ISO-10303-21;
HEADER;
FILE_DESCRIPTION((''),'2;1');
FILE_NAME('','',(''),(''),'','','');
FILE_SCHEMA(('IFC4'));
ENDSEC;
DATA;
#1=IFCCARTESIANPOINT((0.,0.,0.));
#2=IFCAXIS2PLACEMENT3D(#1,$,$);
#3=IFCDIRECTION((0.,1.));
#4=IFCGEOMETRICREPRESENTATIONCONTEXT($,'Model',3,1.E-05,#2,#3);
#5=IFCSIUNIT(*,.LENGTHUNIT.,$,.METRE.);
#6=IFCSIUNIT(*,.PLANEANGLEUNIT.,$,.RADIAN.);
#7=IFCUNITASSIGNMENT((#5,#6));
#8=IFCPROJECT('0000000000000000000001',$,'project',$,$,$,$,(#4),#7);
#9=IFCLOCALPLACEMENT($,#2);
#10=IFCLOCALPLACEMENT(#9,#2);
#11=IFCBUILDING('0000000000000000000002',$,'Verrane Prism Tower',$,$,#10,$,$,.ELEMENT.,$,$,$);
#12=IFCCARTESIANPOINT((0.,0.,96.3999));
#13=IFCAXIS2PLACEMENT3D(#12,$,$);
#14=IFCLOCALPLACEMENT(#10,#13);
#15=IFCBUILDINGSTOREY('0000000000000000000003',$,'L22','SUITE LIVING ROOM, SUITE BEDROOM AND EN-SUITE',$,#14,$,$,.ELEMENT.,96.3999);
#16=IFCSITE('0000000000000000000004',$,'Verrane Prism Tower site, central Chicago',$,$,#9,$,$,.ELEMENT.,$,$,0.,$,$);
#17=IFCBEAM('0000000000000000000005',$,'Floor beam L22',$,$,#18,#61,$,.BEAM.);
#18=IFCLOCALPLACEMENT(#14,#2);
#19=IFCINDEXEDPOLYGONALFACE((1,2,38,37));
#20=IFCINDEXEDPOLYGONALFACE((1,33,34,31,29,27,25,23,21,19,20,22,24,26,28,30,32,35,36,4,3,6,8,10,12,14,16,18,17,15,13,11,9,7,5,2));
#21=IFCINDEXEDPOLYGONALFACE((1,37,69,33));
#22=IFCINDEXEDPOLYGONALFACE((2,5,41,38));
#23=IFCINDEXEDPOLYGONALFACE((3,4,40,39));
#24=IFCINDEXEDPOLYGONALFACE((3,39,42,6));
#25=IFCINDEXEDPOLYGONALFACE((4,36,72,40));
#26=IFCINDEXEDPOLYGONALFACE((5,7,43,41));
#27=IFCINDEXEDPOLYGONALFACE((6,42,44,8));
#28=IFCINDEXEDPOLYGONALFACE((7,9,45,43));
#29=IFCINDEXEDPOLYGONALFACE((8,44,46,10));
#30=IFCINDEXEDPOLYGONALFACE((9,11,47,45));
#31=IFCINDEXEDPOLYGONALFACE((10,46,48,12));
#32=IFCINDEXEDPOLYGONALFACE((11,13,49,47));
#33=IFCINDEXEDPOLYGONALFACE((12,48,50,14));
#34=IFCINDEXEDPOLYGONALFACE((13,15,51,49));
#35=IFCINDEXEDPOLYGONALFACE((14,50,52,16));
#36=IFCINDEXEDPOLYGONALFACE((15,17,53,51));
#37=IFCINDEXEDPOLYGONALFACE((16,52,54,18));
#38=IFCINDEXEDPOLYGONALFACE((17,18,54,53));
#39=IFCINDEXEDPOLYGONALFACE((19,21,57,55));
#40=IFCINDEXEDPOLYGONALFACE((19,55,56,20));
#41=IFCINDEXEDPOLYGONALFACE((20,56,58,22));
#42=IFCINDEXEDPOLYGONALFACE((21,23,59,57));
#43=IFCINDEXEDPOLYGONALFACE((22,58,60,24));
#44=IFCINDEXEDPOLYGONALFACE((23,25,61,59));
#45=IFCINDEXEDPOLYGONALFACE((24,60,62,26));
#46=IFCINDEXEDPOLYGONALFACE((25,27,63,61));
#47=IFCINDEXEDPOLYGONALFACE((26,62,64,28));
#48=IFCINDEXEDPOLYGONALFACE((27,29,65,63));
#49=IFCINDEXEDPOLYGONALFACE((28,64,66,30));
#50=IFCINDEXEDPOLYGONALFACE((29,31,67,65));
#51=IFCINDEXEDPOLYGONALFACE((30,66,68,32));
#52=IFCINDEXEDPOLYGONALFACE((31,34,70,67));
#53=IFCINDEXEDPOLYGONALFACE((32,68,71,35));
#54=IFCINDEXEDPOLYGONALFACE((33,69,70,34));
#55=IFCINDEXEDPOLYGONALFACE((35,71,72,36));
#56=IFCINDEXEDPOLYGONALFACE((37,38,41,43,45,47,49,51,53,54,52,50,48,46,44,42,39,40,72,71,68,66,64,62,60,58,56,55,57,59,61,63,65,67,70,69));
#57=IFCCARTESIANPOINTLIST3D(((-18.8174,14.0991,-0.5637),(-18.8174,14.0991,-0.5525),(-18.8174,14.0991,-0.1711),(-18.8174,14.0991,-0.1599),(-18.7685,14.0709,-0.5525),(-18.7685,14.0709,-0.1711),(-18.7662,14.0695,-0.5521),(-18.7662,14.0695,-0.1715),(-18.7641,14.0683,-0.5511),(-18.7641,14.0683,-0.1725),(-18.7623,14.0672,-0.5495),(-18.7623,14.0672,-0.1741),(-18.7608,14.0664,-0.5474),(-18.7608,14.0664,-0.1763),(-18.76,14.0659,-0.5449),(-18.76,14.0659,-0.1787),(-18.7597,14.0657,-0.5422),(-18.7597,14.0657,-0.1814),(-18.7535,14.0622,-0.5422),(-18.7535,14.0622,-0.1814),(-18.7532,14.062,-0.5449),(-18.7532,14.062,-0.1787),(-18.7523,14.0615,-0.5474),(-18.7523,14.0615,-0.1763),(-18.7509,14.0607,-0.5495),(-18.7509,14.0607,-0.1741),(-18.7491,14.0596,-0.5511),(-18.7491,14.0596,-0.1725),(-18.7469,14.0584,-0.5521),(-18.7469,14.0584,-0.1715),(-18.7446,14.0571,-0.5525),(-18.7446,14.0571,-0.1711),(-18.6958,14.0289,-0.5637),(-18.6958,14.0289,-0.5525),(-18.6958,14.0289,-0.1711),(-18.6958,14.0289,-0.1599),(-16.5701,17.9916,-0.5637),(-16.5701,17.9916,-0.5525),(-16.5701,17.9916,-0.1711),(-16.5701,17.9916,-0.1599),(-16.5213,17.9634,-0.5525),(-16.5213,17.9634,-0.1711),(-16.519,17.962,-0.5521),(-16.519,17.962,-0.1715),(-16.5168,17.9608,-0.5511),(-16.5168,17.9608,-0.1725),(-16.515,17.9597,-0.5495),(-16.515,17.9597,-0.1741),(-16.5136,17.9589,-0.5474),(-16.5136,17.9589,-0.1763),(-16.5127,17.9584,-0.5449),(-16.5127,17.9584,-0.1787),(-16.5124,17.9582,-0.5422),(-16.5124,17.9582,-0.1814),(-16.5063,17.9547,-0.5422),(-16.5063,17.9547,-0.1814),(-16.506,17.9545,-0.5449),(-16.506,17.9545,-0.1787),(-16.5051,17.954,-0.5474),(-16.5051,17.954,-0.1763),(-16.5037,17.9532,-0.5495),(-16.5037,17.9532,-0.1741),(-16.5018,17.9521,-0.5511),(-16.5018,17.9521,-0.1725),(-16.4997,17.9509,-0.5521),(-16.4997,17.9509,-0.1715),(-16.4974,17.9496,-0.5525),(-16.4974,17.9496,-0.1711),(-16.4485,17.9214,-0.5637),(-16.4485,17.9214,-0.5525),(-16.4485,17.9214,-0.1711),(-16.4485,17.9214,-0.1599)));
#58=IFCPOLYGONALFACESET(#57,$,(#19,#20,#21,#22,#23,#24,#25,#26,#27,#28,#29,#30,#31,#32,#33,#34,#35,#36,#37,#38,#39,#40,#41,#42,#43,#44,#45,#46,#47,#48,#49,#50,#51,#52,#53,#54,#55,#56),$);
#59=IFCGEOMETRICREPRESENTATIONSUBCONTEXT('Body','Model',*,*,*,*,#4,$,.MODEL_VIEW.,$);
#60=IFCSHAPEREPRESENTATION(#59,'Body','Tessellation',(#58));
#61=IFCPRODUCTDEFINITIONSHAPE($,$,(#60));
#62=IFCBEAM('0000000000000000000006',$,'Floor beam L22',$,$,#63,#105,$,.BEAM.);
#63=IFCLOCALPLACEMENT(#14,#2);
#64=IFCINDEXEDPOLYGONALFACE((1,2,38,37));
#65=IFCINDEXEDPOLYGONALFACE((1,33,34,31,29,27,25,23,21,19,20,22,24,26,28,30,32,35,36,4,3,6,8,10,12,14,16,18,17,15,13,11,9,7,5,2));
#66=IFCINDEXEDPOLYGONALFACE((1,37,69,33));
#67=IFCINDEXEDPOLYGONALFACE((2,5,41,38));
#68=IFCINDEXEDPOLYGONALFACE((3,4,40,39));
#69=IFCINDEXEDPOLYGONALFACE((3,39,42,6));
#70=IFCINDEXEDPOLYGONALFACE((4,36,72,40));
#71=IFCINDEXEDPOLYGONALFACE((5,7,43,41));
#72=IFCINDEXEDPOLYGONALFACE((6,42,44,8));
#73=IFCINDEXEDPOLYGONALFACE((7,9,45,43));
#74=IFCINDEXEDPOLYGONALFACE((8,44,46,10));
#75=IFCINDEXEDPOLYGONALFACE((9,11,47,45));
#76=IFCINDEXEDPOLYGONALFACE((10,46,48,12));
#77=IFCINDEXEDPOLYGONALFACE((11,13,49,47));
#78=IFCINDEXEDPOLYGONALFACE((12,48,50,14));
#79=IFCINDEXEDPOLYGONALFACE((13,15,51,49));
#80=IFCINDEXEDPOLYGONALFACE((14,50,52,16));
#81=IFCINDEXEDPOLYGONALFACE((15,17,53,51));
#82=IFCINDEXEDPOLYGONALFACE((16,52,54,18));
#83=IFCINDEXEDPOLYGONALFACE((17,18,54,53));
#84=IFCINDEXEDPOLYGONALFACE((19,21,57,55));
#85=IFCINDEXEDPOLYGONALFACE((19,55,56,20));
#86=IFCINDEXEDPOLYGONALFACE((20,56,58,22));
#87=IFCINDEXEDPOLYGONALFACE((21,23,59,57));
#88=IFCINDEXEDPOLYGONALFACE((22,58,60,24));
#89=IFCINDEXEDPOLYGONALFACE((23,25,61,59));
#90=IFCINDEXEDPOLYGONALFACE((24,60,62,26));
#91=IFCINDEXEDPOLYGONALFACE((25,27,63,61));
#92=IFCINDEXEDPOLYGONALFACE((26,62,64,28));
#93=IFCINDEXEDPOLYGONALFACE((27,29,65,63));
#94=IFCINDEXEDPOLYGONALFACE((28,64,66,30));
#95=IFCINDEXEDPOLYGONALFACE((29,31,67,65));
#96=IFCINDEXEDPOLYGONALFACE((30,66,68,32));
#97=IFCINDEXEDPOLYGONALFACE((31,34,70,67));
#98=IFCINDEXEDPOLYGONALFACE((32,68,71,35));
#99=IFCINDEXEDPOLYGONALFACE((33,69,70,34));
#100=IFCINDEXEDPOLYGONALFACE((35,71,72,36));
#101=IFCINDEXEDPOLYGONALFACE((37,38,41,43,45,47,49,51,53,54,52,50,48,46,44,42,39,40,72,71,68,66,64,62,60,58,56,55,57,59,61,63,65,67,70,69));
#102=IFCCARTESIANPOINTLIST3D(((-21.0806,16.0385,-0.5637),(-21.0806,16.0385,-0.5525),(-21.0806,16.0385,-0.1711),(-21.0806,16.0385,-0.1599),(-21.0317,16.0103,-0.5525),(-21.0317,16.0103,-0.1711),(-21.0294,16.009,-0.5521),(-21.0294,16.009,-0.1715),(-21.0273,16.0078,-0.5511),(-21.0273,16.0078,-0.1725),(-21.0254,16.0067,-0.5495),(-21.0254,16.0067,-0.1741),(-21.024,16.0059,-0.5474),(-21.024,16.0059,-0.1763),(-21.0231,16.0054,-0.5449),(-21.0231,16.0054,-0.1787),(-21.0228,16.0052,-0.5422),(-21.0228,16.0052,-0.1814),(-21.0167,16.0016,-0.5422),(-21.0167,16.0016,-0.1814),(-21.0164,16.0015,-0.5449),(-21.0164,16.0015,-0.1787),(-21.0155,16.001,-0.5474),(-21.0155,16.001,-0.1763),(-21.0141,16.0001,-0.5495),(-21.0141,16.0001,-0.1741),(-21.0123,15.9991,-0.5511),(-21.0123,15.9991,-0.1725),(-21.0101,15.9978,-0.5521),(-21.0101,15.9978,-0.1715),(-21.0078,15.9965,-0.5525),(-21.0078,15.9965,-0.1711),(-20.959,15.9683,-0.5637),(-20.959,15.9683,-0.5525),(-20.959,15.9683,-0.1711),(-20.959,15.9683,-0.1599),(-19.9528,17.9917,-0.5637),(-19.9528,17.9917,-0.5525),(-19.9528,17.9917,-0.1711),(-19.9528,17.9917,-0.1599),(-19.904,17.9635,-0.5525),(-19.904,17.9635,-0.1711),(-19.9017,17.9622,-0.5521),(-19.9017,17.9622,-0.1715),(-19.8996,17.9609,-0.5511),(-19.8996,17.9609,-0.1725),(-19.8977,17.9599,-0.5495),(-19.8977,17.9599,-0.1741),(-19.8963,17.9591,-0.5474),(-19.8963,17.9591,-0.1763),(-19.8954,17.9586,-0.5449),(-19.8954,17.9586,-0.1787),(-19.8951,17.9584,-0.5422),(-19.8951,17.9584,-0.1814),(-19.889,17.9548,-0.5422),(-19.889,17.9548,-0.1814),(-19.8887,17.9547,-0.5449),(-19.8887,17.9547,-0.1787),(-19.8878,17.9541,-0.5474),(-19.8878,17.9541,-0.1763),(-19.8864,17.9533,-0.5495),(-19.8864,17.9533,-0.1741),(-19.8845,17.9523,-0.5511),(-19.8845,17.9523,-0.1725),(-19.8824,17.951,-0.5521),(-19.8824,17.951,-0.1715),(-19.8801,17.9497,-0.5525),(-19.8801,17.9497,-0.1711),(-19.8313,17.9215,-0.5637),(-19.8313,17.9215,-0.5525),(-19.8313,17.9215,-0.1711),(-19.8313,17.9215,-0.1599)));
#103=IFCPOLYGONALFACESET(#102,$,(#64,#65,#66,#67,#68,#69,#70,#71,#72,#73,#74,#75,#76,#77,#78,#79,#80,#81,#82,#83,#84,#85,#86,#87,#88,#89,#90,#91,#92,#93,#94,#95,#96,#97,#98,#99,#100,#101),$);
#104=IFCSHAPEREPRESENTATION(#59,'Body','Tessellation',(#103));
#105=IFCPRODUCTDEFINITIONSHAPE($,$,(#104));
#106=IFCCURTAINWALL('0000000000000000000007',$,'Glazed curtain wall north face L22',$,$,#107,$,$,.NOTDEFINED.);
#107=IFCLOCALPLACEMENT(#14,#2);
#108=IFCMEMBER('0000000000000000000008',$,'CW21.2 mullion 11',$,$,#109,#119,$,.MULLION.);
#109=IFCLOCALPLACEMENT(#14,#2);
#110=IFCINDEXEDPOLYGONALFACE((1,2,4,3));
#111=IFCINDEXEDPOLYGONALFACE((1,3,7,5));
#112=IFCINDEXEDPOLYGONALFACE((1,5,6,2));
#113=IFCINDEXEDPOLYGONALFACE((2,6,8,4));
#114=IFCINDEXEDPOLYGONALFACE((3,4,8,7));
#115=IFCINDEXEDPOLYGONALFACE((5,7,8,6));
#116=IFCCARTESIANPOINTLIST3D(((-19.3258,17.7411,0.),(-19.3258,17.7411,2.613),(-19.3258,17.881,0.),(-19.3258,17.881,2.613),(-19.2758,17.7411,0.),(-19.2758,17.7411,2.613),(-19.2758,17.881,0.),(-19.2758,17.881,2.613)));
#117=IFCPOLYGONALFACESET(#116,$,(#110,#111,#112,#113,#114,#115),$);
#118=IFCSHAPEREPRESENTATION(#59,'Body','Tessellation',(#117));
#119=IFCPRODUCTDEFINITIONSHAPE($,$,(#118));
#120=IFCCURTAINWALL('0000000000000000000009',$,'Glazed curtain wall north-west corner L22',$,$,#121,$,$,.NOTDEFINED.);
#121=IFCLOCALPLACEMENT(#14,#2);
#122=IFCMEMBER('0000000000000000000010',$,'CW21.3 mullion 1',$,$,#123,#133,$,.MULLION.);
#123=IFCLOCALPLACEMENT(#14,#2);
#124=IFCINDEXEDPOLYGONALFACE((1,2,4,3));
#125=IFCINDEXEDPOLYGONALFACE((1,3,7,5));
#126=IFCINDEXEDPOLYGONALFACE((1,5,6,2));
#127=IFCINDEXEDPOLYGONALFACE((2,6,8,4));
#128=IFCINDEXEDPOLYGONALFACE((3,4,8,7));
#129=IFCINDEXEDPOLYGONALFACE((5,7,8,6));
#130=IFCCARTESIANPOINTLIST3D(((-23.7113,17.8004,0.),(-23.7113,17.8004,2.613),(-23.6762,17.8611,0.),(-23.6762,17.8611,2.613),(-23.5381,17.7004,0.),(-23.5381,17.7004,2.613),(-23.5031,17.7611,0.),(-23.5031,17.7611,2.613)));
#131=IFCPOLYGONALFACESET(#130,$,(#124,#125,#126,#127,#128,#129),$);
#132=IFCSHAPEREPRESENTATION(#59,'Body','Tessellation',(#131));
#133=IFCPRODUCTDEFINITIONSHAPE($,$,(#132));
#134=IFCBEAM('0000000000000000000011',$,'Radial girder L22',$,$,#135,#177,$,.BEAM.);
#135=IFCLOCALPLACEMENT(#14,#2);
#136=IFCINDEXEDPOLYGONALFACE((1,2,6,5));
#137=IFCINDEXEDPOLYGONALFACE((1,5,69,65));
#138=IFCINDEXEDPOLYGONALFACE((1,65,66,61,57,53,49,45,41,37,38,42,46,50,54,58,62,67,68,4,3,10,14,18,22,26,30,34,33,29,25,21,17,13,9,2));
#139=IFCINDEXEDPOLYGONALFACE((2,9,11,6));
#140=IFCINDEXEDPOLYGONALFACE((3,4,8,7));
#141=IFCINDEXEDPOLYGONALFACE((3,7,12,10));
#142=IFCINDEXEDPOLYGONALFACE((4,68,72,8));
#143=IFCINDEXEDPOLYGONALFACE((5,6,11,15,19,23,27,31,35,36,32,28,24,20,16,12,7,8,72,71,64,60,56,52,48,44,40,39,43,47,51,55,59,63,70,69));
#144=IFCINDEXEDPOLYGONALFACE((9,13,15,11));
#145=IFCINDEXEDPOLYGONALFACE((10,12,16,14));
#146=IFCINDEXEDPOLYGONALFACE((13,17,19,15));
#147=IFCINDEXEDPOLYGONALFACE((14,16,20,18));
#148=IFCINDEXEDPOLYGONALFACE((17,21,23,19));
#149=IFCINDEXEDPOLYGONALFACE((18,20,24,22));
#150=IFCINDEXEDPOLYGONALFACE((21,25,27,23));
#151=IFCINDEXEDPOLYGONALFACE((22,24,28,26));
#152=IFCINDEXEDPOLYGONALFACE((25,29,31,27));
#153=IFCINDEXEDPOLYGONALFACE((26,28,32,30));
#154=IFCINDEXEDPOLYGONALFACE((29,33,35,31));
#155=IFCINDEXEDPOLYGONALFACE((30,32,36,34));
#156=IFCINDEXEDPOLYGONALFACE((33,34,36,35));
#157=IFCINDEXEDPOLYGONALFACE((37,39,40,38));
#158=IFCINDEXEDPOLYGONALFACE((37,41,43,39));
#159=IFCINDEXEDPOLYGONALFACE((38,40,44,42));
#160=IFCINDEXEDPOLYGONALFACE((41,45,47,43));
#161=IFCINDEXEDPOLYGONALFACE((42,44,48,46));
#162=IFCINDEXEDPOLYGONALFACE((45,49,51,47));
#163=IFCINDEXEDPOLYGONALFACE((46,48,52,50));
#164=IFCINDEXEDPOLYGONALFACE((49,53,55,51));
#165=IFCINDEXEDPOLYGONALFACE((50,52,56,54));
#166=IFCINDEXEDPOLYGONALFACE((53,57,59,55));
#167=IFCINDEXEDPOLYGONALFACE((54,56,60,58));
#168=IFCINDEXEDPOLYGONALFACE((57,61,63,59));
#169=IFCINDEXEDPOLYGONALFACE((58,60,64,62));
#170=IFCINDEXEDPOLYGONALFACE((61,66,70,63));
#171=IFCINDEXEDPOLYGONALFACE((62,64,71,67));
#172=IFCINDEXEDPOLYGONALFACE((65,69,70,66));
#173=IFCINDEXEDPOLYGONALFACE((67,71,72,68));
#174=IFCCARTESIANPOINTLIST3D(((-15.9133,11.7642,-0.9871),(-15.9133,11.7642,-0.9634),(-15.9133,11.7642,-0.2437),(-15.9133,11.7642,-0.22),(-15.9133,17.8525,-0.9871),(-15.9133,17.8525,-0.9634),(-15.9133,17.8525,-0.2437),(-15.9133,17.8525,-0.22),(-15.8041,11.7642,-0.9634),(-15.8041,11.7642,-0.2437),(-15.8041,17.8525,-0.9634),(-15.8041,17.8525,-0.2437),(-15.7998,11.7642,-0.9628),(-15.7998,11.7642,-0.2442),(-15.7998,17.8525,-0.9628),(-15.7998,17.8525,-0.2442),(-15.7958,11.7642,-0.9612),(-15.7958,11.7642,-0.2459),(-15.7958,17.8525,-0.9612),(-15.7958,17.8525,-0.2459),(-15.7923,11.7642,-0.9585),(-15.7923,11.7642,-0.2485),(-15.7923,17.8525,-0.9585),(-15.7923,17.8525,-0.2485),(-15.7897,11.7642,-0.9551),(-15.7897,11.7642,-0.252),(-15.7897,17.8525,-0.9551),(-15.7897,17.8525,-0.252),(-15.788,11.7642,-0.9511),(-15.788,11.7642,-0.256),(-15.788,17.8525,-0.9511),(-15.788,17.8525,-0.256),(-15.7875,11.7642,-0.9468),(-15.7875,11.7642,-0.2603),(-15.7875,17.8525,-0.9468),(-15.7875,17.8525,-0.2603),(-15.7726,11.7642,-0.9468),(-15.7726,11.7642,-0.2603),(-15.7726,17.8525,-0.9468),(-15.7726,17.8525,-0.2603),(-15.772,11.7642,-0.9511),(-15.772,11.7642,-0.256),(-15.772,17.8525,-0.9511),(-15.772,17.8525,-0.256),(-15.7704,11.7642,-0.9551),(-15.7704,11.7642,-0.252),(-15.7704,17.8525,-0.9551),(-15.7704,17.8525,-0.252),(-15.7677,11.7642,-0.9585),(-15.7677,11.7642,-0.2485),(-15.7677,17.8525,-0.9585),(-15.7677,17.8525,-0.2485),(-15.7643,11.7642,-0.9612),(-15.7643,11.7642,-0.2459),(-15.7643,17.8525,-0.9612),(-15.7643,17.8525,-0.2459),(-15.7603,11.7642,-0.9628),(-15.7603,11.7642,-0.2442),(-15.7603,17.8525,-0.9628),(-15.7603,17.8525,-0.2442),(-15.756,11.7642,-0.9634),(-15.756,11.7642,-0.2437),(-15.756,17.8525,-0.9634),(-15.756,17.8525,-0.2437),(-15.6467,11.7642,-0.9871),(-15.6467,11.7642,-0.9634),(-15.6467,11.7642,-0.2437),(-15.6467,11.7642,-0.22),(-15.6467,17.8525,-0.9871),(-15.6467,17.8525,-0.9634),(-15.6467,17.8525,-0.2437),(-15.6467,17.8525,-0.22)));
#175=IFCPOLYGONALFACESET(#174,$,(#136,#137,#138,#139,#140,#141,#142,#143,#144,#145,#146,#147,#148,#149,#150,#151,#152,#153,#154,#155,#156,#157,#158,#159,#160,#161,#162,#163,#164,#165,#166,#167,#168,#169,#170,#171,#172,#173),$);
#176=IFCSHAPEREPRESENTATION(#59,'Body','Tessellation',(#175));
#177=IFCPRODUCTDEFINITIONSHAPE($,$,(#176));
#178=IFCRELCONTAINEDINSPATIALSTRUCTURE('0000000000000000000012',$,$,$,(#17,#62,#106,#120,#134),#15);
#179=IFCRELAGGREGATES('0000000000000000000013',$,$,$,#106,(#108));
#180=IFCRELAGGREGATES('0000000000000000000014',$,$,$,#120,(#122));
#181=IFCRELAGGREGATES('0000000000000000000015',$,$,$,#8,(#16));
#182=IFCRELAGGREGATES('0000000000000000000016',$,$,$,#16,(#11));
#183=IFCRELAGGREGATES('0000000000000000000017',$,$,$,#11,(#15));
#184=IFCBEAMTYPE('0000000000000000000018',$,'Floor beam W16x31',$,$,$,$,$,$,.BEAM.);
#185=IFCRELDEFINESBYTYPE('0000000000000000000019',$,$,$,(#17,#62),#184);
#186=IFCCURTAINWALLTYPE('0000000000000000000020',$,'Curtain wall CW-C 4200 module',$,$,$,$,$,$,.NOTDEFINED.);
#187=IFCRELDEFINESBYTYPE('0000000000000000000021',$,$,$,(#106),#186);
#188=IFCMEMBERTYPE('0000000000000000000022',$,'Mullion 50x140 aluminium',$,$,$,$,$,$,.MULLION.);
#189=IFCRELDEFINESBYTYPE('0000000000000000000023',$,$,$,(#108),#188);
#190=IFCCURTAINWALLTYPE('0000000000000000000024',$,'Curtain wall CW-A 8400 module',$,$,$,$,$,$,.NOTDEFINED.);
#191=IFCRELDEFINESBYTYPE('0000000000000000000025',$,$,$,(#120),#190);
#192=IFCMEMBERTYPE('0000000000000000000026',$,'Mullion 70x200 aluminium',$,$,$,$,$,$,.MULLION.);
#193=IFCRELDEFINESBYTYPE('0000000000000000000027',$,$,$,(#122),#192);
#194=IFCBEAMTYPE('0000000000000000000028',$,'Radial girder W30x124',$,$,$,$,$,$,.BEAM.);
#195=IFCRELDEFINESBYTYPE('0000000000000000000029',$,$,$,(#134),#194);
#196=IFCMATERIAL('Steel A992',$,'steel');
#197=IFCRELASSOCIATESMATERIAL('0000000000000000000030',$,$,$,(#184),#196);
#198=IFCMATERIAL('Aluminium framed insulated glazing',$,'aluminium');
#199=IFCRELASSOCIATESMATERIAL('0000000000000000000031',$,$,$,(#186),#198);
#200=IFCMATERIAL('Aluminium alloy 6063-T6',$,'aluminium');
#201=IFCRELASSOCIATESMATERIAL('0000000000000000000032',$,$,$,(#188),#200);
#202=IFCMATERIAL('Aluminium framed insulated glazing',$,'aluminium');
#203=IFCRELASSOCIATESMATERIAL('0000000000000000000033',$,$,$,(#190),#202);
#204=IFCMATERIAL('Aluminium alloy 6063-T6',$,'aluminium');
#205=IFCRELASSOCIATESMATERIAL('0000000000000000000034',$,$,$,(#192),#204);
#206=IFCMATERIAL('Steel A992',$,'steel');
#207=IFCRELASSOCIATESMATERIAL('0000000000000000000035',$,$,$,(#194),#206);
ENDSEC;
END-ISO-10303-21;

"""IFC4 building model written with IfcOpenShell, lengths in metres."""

from ifc_helpers import new_model, si_unit, direction, frame, origin, origin_2d, place, context, subcontext, project, spatial, rectangle, i_section, extrude, material, material_profile, profile_set, type_object, element, aggregate, save


model = new_model("IFC4")

# Units and contexts
model_context = context("Model", 3, precision=1e-05, world=origin(), true_north=direction((0.0, 1.0)))
body_context = subcontext(model_context, "Body", "Model", "MODEL_VIEW")
ifc_project = project(units=[si_unit("LENGTHUNIT", "METRE"), si_unit("PLANEANGLEUNIT", "RADIAN")], contexts=[model_context])

# Site, building, storey
site_placement = place(None, origin())
site = spatial("IfcSite", under=ifc_project, at=site_placement, Name="Verrane Prism Tower site, central Chicago", CompositionType="ELEMENT", RefElevation=0.0)
building_placement = place(site_placement, origin())
building = spatial("IfcBuilding", under=site, at=building_placement, Name="Verrane Prism Tower", CompositionType="ELEMENT")
storey_placement = place(building_placement, frame((0.0, 0.0, 96.3999)))
storey = spatial("IfcBuildingStorey", under=building, at=storey_placement, Name="L22", Description="SUITE LIVING ROOM, SUITE BEDROOM AND EN-SUITE", CompositionType="ELEMENT", Elevation=96.3999)

# Beams
ifc_material_1 = material(Name="Steel A992", Category="steel")
ifc_material_profile_1 = material_profile(ifc_material_1, i_section(OverallWidth=0.1404, OverallDepth=0.4038, WebThickness=0.0071, FlangeThickness=0.0112, FilletRadius=0.0103, at=origin_2d()), Name="W16x31")
ifc_profile_set_1 = profile_set([ifc_material_profile_1], Name="Steel A992")
beam_type_1 = type_object("IfcBeamType", Name="Floor beam W16x31", PredefinedType="BEAM", material=ifc_profile_set_1)
beam_1_placement = place(storey_placement, frame((-18.7566, 14.064, -0.3618), z_axis=(0.499989, 0.866032, 0.0), x_axis=(-0.866032, 0.499989, 0.0)))
element("IfcBeam", 1, at=beam_1_placement, inside=storey, type_object=beam_type_1, Name="Floor beam L22", PredefinedType="BEAM", context=body_context, shape_type="SweptSolid", body=[
    extrude(i_section(OverallWidth=0.1404, OverallDepth=0.4038, WebThickness=0.0071, FlangeThickness=0.0112, FilletRadius=0.0103, at=origin_2d()), origin(), (0.0, 0.0, 1.0), 4.4946),
])
beam_2_placement = place(storey_placement, frame((-21.0198, 16.0034, -0.3618), z_axis=(0.500016, 0.866016, 0.0), x_axis=(-0.866016, 0.500016, 0.0)))
element("IfcBeam", 2, at=beam_2_placement, inside=storey, type_object=beam_type_1, Name="Floor beam L22", PredefinedType="BEAM", context=body_context, shape_type="SweptSolid", body=[
    extrude(i_section(OverallWidth=0.1404, OverallDepth=0.4038, WebThickness=0.0071, FlangeThickness=0.0112, FilletRadius=0.0103, at=origin_2d()), origin(), (0.0, 0.0, 1.0), 2.2554),
])

# Curtain walls, members
ifc_material_2 = material(Name="Aluminium framed insulated glazing", Category="aluminium")
curtain_wall_type_1 = type_object("IfcCurtainWallType", Name="Curtain wall CW-C 4200 module", PredefinedType="NOTDEFINED", material=ifc_material_2)
curtain_wall_1_placement = place(storey_placement, origin())
curtain_wall_1 = element("IfcCurtainWall", 3, at=curtain_wall_1_placement, inside=storey, type_object=curtain_wall_type_1, Name="Glazed curtain wall north face L22", PredefinedType="NOTDEFINED")
ifc_material_3 = material(Name="Aluminium alloy 6063-T6", Category="aluminium")
ifc_material_profile_2 = material_profile(ifc_material_3, rectangle(XDim=0.1399, YDim=0.05, at=origin_2d()), Name="Mullion 50x140 aluminium")
ifc_profile_set_2 = profile_set([ifc_material_profile_2], Name="Aluminium alloy 6063-T6")
member_type_1 = type_object("IfcMemberType", Name="Mullion 50x140 aluminium", PredefinedType="MULLION", material=ifc_profile_set_2)
member_1_placement = place(storey_placement, frame((-19.3008, 17.811, 0.0), z_axis=(0.0, 0.0, 1.0), x_axis=(0.0, -1.0, 0.0)))
member_1 = element("IfcMember", 4, at=member_1_placement, type_object=member_type_1, Name="CW21.2 mullion 11", PredefinedType="MULLION", context=body_context, shape_type="SweptSolid", body=[
    extrude(rectangle(XDim=0.1399, YDim=0.05, at=origin_2d()), origin(), (0.0, 0.0, 1.0), 2.613),
])
ifc_material_4 = material(Name="Aluminium framed insulated glazing", Category="aluminium")
curtain_wall_type_2 = type_object("IfcCurtainWallType", Name="Curtain wall CW-A 8400 module", PredefinedType="NOTDEFINED", material=ifc_material_4)
curtain_wall_2_placement = place(storey_placement, origin())
curtain_wall_2 = element("IfcCurtainWall", 5, at=curtain_wall_2_placement, inside=storey, type_object=curtain_wall_type_2, Name="Glazed curtain wall north-west corner L22", PredefinedType="NOTDEFINED")
ifc_material_5 = material(Name="Aluminium alloy 6063-T6", Category="aluminium")
ifc_material_profile_3 = material_profile(ifc_material_5, rectangle(XDim=0.2, YDim=0.0701, at=origin_2d()), Name="Mullion 70x200 aluminium")
ifc_profile_set_3 = profile_set([ifc_material_profile_3], Name="Aluminium alloy 6063-T6")
member_type_2 = type_object("IfcMemberType", Name="Mullion 70x200 aluminium", PredefinedType="MULLION", material=ifc_profile_set_3)
member_2_placement = place(storey_placement, frame((-23.6072, 17.7808, 0.0), z_axis=(0.0, 0.0, 1.0), x_axis=(0.866026, -0.499998, 0.0)))
member_2 = element("IfcMember", 6, at=member_2_placement, type_object=member_type_2, Name="CW21.3 mullion 1", PredefinedType="MULLION", context=body_context, shape_type="SweptSolid", body=[
    extrude(rectangle(XDim=0.2, YDim=0.0701, at=origin_2d()), origin(), (0.0, 0.0, 1.0), 2.613),
])

# Beam
ifc_material_6 = material(Name="Steel A992", Category="steel")
ifc_material_profile_4 = material_profile(ifc_material_6, i_section(OverallWidth=0.2666, OverallDepth=0.7671, WebThickness=0.0149, FlangeThickness=0.0237, FilletRadius=0.0166, at=origin_2d()), Name="W30x124")
ifc_profile_set_4 = profile_set([ifc_material_profile_4], Name="Steel A992")
beam_type_2 = type_object("IfcBeamType", Name="Radial girder W30x124", PredefinedType="BEAM", material=ifc_profile_set_4)
beam_3_placement = place(storey_placement, frame((-15.78, 17.8525, -0.6035), z_axis=(0.0, -1.0, 0.0), x_axis=(1.0, 0.0, 0.0)))
element("IfcBeam", 7, at=beam_3_placement, inside=storey, type_object=beam_type_2, Name="Radial girder L22", PredefinedType="BEAM", context=body_context, shape_type="SweptSolid", body=[
    extrude(i_section(OverallWidth=0.2666, OverallDepth=0.7671, WebThickness=0.0149, FlangeThickness=0.0237, FilletRadius=0.0166, at=origin_2d()), origin(), (0.0, 0.0, 1.0), 6.0884),
])

aggregate(curtain_wall_1, [member_1])
aggregate(curtain_wall_2, [member_2])

save(model, "model.ifc")
